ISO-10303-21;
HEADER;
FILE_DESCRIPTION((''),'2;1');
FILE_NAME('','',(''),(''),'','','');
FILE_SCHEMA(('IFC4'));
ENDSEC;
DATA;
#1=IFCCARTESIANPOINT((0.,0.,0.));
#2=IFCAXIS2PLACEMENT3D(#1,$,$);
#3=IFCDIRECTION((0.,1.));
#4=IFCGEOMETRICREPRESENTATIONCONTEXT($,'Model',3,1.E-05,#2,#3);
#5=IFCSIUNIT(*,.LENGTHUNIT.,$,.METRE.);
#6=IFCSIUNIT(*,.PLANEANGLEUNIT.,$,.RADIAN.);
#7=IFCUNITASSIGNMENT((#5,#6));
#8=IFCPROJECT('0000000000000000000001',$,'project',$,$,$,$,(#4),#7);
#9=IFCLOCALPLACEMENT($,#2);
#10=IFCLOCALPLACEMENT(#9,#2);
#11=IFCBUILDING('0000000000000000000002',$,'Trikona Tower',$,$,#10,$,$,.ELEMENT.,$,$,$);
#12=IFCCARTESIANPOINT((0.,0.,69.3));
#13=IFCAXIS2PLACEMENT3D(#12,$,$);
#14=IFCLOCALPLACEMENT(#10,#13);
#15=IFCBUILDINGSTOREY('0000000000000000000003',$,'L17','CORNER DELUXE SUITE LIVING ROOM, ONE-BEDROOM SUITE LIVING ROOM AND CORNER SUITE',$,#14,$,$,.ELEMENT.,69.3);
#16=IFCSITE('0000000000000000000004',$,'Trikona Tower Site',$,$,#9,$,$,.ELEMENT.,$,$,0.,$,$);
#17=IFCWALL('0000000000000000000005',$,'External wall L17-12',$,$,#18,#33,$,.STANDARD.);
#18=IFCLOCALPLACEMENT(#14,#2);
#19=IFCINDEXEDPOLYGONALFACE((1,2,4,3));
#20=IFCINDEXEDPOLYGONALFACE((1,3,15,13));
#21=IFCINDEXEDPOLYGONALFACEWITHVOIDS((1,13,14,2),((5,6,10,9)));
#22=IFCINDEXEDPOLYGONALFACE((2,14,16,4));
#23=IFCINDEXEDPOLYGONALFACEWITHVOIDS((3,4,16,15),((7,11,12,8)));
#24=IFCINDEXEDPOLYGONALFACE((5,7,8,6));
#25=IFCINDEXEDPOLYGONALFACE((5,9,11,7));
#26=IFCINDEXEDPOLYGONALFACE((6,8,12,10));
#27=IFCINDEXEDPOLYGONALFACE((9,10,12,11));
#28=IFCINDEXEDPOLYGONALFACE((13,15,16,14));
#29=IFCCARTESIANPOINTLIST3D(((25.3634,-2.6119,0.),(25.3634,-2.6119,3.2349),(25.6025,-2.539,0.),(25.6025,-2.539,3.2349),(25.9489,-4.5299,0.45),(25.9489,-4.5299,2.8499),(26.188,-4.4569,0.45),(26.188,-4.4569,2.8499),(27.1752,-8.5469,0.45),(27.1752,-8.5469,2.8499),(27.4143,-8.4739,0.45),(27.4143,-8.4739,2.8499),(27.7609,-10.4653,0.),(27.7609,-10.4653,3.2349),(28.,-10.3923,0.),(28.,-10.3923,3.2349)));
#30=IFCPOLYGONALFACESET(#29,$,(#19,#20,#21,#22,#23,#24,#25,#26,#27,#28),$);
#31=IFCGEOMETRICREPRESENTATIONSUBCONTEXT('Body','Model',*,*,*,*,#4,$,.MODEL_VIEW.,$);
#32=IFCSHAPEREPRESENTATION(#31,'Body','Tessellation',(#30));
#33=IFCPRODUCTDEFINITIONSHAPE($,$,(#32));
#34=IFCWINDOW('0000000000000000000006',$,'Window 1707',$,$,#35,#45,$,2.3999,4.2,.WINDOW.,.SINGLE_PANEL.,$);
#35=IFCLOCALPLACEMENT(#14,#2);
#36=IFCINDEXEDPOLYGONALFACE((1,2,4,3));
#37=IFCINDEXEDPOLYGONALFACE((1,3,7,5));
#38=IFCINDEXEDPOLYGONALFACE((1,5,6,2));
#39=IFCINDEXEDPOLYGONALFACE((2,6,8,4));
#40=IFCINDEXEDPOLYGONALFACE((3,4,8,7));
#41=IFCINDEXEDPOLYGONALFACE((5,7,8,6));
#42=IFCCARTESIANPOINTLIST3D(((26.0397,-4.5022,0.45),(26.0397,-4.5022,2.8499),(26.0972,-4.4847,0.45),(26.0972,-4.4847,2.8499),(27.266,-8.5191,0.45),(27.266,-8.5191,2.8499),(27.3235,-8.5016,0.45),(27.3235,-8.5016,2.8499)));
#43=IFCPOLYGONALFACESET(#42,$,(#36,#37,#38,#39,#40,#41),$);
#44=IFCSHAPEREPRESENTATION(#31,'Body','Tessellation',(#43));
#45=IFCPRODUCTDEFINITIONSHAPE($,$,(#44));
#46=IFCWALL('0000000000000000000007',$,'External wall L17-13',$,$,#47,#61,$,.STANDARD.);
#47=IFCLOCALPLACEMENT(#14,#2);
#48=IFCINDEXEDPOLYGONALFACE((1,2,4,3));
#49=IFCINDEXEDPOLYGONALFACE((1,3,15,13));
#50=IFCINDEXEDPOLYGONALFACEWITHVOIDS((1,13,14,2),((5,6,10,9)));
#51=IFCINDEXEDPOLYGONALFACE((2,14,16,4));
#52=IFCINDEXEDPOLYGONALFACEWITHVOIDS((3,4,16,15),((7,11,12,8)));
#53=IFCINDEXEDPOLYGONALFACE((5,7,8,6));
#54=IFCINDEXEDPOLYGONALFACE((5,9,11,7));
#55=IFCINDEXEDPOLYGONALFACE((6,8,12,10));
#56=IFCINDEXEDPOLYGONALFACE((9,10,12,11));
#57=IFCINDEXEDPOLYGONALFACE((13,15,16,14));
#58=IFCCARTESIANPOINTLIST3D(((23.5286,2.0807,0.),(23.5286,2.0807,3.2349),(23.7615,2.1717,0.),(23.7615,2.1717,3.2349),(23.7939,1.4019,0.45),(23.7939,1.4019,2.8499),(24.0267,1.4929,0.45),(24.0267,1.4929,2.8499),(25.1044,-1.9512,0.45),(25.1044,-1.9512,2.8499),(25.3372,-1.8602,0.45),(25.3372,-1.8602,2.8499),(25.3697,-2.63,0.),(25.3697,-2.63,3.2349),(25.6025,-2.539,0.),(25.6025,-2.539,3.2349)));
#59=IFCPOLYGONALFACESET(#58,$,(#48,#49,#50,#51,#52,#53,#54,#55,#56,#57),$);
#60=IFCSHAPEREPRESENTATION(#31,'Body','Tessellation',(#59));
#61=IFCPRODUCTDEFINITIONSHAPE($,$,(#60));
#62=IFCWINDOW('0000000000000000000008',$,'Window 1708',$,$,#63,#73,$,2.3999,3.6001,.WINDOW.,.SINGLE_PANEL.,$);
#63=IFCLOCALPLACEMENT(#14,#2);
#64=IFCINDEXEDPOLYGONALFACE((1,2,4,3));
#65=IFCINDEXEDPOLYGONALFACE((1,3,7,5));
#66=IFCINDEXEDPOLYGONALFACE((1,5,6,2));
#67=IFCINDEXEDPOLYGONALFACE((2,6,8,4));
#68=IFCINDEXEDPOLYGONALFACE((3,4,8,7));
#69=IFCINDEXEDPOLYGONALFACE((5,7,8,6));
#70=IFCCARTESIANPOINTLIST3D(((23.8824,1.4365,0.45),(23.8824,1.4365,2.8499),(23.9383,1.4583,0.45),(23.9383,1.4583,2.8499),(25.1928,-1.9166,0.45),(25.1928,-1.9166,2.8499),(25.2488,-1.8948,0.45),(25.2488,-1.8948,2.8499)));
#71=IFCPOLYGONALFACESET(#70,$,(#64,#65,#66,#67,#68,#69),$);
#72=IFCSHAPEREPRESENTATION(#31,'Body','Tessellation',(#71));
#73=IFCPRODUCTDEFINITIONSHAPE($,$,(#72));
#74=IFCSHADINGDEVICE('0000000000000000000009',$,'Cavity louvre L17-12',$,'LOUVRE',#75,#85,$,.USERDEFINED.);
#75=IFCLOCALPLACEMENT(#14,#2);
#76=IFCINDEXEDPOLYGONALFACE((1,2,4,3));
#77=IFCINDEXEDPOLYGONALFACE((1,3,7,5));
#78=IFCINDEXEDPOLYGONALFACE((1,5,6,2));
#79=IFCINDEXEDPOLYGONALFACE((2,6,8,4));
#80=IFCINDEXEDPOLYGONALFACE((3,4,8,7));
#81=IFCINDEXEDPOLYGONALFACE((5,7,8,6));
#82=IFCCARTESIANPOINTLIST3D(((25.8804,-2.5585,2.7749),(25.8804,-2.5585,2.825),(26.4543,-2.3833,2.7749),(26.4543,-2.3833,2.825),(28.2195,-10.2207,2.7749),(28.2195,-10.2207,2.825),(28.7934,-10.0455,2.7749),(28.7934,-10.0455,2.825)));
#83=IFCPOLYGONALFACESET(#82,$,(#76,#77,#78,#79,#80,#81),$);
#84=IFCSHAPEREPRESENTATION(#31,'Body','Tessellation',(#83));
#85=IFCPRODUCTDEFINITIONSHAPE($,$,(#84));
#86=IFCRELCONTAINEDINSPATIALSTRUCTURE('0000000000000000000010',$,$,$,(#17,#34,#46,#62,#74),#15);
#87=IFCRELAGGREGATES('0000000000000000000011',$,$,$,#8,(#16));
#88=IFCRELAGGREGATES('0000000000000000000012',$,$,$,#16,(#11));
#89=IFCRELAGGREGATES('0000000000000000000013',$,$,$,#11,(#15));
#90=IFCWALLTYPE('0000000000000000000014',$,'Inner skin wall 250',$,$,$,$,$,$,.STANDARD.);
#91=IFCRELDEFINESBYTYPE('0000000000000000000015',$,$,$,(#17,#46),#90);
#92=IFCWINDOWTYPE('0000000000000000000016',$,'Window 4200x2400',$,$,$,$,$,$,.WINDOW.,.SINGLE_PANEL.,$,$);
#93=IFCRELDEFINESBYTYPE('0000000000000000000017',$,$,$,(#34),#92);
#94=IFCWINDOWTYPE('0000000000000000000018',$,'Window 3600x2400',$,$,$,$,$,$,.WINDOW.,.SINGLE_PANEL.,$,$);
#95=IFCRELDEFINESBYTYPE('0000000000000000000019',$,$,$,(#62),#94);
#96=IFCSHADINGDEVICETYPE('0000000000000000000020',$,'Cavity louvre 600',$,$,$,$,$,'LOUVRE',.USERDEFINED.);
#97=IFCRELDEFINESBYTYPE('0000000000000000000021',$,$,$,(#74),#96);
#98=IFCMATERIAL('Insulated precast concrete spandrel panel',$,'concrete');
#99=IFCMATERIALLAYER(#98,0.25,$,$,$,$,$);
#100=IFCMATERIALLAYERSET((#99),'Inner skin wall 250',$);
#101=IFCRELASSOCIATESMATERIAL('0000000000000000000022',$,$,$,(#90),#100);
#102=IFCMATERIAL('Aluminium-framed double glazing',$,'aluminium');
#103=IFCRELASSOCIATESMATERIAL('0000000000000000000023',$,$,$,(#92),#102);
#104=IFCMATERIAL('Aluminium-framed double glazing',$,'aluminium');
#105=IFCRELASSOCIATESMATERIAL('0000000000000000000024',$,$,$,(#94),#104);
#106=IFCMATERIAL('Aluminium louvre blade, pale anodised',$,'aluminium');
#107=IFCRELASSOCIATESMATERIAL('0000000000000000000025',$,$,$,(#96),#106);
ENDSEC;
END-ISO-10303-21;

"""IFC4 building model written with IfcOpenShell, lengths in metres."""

from ifc_helpers import new_model, si_unit, direction, frame, frame_2d, origin, origin_2d, place, context, subcontext, project, spatial, rectangle, extrude, material, layer, layer_set, type_object, element, fill, save


model = new_model("IFC4")

# Units and contexts
model_context = context("Model", 3, precision=1e-05, world=origin(), true_north=direction((0.0, 1.0)))
body_context = subcontext(model_context, "Body", "Model", "MODEL_VIEW")
ifc_project = project(units=[si_unit("LENGTHUNIT", "METRE"), si_unit("PLANEANGLEUNIT", "RADIAN")], contexts=[model_context])

# Site, building, storey
site_placement = place(None, origin())
site = spatial("IfcSite", under=ifc_project, at=site_placement, Name="Trikona Tower Site", CompositionType="ELEMENT", RefElevation=0.0)
building_placement = place(site_placement, origin())
building = spatial("IfcBuilding", under=site, at=building_placement, Name="Trikona Tower", CompositionType="ELEMENT")
storey_placement = place(building_placement, frame((0.0, 0.0, 69.3)))
storey = spatial("IfcBuildingStorey", under=building, at=storey_placement, Name="L17", Description="CORNER DELUXE SUITE LIVING ROOM, ONE-BEDROOM SUITE LIVING ROOM AND CORNER SUITE", CompositionType="ELEMENT", Elevation=69.3)

# Walls, openings, windows
ifc_material_1 = material(Name="Insulated precast concrete spandrel panel", Category="concrete")
ifc_layer_1 = layer(ifc_material_1, 0.25)
ifc_layer_set_1 = layer_set([ifc_layer_1], Name="Inner skin wall 250")
wall_type = type_object("IfcWallType", Name="Inner skin wall 250", PredefinedType="STANDARD", material=ifc_layer_set_1)
wall_1_placement = place(storey_placement, frame((27.8804, -10.4287, 0.0), z_axis=(0.0, 0.0, 1.0), x_axis=(-0.291979, 0.956425, 0.0)))
wall_1 = element("IfcWall", 1, at=wall_1_placement, inside=storey, type_object=wall_type, Name="External wall L17-12", PredefinedType="STANDARD", context=body_context, shape_type="SweptSolid", body=[
    extrude(rectangle(XDim=8.2112, YDim=0.25, at=frame_2d((4.1055, 0.0))), origin(), (0.0, 0.0, 1.0), 3.2349),
])
opening_1_placement = place(wall_1_placement, frame((2.0056, 0.0, 0.45)))
opening_1 = element("IfcOpeningElement", 2, at=opening_1_placement, cuts=wall_1, PredefinedType="OPENING", context=body_context, shape_type="SweptSolid", body=[
    extrude(rectangle(XDim=4.2, YDim=2.3999, at=frame_2d((2.1001, 1.2))), frame((0.0, 0.135, 0.0), z_axis=(0.0, -1.0, 0.0), x_axis=(1.0, 0.0, 0.0)), (0.0, 0.0, 1.0), 0.27),
])
ifc_material_2 = material(Name="Aluminium-framed double glazing", Category="aluminium")
window_type_1 = type_object("IfcWindowType", Name="Window 4200x2400", PartitioningType="SINGLE_PANEL", PredefinedType="WINDOW", material=ifc_material_2)
window_1_placement = place(opening_1_placement, origin())
window_1 = element("IfcWindow", 3, at=window_1_placement, inside=storey, type_object=window_type_1, Name="Window 1707", OverallHeight=2.3999, OverallWidth=4.2, PartitioningType="SINGLE_PANEL", PredefinedType="WINDOW", context=body_context, shape_type="SweptSolid", body=[
    extrude(rectangle(XDim=4.2, YDim=2.3999, at=frame_2d((2.1001, 1.2))), frame((0.0, 0.03, 0.0), z_axis=(0.0, -1.0, 0.0), x_axis=(1.0, 0.0, 0.0)), (0.0, 0.0, 1.0), 0.0601),
])
fill(opening_1, window_1)
wall_2_placement = place(storey_placement, frame((25.4861, -2.5845, 0.0), z_axis=(0.0, 0.0, 1.0), x_axis=(-0.364013, 0.931394, 0.0)))
wall_2 = element("IfcWall", 4, at=wall_2_placement, inside=storey, type_object=wall_type, Name="External wall L17-13", PredefinedType="STANDARD", context=body_context, shape_type="SweptSolid", body=[
    extrude(rectangle(XDim=5.0576, YDim=0.25, at=frame_2d((2.5288, 0.0))), origin(), (0.0, 0.0, 1.0), 3.2349),
])
opening_2_placement = place(wall_2_placement, frame((0.7288, 0.0, 0.45)))
opening_2 = element("IfcOpeningElement", 5, at=opening_2_placement, cuts=wall_2, PredefinedType="OPENING", context=body_context, shape_type="SweptSolid", body=[
    extrude(rectangle(XDim=3.6001, YDim=2.3999, at=frame_2d((1.8, 1.2))), frame((0.0, 0.135, 0.0), z_axis=(0.0, -1.0, 0.0), x_axis=(1.0, 0.0, 0.0)), (0.0, 0.0, 1.0), 0.27),
])
ifc_material_3 = material(Name="Aluminium-framed double glazing", Category="aluminium")
window_type_2 = type_object("IfcWindowType", Name="Window 3600x2400", PartitioningType="SINGLE_PANEL", PredefinedType="WINDOW", material=ifc_material_3)
window_2_placement = place(opening_2_placement, origin())
window_2 = element("IfcWindow", 6, at=window_2_placement, inside=storey, type_object=window_type_2, Name="Window 1708", OverallHeight=2.3999, OverallWidth=3.6001, PartitioningType="SINGLE_PANEL", PredefinedType="WINDOW", context=body_context, shape_type="SweptSolid", body=[
    extrude(rectangle(XDim=3.6001, YDim=2.3999, at=frame_2d((1.8, 1.2))), frame((0.0, 0.03, 0.0), z_axis=(0.0, -1.0, 0.0), x_axis=(1.0, 0.0, 0.0)), (0.0, 0.0, 1.0), 0.0601),
])
fill(opening_2, window_2)

# Shading device
ifc_material_4 = material(Name="Aluminium louvre blade, pale anodised", Category="aluminium")
shading_device_type = type_object("IfcShadingDeviceType", Name="Cavity louvre 600", ElementType="LOUVRE", PredefinedType="USERDEFINED", material=ifc_material_4)
shading_device_placement = place(storey_placement, frame((27.3369, -6.302, 2.7749), z_axis=(0.0, 0.0, 1.0), x_axis=(-0.291979, 0.956425, 0.0)))
element("IfcShadingDevice", 7, at=shading_device_placement, inside=storey, type_object=shading_device_type, Name="Cavity louvre L17-12", ObjectType="LOUVRE", PredefinedType="USERDEFINED", context=body_context, shape_type="SweptSolid", body=[
    extrude(rectangle(XDim=8.0112, YDim=0.6001, at=origin_2d()), origin(), (0.0, 0.0, 1.0), 0.05),
])

save(model, "model.ifc")
